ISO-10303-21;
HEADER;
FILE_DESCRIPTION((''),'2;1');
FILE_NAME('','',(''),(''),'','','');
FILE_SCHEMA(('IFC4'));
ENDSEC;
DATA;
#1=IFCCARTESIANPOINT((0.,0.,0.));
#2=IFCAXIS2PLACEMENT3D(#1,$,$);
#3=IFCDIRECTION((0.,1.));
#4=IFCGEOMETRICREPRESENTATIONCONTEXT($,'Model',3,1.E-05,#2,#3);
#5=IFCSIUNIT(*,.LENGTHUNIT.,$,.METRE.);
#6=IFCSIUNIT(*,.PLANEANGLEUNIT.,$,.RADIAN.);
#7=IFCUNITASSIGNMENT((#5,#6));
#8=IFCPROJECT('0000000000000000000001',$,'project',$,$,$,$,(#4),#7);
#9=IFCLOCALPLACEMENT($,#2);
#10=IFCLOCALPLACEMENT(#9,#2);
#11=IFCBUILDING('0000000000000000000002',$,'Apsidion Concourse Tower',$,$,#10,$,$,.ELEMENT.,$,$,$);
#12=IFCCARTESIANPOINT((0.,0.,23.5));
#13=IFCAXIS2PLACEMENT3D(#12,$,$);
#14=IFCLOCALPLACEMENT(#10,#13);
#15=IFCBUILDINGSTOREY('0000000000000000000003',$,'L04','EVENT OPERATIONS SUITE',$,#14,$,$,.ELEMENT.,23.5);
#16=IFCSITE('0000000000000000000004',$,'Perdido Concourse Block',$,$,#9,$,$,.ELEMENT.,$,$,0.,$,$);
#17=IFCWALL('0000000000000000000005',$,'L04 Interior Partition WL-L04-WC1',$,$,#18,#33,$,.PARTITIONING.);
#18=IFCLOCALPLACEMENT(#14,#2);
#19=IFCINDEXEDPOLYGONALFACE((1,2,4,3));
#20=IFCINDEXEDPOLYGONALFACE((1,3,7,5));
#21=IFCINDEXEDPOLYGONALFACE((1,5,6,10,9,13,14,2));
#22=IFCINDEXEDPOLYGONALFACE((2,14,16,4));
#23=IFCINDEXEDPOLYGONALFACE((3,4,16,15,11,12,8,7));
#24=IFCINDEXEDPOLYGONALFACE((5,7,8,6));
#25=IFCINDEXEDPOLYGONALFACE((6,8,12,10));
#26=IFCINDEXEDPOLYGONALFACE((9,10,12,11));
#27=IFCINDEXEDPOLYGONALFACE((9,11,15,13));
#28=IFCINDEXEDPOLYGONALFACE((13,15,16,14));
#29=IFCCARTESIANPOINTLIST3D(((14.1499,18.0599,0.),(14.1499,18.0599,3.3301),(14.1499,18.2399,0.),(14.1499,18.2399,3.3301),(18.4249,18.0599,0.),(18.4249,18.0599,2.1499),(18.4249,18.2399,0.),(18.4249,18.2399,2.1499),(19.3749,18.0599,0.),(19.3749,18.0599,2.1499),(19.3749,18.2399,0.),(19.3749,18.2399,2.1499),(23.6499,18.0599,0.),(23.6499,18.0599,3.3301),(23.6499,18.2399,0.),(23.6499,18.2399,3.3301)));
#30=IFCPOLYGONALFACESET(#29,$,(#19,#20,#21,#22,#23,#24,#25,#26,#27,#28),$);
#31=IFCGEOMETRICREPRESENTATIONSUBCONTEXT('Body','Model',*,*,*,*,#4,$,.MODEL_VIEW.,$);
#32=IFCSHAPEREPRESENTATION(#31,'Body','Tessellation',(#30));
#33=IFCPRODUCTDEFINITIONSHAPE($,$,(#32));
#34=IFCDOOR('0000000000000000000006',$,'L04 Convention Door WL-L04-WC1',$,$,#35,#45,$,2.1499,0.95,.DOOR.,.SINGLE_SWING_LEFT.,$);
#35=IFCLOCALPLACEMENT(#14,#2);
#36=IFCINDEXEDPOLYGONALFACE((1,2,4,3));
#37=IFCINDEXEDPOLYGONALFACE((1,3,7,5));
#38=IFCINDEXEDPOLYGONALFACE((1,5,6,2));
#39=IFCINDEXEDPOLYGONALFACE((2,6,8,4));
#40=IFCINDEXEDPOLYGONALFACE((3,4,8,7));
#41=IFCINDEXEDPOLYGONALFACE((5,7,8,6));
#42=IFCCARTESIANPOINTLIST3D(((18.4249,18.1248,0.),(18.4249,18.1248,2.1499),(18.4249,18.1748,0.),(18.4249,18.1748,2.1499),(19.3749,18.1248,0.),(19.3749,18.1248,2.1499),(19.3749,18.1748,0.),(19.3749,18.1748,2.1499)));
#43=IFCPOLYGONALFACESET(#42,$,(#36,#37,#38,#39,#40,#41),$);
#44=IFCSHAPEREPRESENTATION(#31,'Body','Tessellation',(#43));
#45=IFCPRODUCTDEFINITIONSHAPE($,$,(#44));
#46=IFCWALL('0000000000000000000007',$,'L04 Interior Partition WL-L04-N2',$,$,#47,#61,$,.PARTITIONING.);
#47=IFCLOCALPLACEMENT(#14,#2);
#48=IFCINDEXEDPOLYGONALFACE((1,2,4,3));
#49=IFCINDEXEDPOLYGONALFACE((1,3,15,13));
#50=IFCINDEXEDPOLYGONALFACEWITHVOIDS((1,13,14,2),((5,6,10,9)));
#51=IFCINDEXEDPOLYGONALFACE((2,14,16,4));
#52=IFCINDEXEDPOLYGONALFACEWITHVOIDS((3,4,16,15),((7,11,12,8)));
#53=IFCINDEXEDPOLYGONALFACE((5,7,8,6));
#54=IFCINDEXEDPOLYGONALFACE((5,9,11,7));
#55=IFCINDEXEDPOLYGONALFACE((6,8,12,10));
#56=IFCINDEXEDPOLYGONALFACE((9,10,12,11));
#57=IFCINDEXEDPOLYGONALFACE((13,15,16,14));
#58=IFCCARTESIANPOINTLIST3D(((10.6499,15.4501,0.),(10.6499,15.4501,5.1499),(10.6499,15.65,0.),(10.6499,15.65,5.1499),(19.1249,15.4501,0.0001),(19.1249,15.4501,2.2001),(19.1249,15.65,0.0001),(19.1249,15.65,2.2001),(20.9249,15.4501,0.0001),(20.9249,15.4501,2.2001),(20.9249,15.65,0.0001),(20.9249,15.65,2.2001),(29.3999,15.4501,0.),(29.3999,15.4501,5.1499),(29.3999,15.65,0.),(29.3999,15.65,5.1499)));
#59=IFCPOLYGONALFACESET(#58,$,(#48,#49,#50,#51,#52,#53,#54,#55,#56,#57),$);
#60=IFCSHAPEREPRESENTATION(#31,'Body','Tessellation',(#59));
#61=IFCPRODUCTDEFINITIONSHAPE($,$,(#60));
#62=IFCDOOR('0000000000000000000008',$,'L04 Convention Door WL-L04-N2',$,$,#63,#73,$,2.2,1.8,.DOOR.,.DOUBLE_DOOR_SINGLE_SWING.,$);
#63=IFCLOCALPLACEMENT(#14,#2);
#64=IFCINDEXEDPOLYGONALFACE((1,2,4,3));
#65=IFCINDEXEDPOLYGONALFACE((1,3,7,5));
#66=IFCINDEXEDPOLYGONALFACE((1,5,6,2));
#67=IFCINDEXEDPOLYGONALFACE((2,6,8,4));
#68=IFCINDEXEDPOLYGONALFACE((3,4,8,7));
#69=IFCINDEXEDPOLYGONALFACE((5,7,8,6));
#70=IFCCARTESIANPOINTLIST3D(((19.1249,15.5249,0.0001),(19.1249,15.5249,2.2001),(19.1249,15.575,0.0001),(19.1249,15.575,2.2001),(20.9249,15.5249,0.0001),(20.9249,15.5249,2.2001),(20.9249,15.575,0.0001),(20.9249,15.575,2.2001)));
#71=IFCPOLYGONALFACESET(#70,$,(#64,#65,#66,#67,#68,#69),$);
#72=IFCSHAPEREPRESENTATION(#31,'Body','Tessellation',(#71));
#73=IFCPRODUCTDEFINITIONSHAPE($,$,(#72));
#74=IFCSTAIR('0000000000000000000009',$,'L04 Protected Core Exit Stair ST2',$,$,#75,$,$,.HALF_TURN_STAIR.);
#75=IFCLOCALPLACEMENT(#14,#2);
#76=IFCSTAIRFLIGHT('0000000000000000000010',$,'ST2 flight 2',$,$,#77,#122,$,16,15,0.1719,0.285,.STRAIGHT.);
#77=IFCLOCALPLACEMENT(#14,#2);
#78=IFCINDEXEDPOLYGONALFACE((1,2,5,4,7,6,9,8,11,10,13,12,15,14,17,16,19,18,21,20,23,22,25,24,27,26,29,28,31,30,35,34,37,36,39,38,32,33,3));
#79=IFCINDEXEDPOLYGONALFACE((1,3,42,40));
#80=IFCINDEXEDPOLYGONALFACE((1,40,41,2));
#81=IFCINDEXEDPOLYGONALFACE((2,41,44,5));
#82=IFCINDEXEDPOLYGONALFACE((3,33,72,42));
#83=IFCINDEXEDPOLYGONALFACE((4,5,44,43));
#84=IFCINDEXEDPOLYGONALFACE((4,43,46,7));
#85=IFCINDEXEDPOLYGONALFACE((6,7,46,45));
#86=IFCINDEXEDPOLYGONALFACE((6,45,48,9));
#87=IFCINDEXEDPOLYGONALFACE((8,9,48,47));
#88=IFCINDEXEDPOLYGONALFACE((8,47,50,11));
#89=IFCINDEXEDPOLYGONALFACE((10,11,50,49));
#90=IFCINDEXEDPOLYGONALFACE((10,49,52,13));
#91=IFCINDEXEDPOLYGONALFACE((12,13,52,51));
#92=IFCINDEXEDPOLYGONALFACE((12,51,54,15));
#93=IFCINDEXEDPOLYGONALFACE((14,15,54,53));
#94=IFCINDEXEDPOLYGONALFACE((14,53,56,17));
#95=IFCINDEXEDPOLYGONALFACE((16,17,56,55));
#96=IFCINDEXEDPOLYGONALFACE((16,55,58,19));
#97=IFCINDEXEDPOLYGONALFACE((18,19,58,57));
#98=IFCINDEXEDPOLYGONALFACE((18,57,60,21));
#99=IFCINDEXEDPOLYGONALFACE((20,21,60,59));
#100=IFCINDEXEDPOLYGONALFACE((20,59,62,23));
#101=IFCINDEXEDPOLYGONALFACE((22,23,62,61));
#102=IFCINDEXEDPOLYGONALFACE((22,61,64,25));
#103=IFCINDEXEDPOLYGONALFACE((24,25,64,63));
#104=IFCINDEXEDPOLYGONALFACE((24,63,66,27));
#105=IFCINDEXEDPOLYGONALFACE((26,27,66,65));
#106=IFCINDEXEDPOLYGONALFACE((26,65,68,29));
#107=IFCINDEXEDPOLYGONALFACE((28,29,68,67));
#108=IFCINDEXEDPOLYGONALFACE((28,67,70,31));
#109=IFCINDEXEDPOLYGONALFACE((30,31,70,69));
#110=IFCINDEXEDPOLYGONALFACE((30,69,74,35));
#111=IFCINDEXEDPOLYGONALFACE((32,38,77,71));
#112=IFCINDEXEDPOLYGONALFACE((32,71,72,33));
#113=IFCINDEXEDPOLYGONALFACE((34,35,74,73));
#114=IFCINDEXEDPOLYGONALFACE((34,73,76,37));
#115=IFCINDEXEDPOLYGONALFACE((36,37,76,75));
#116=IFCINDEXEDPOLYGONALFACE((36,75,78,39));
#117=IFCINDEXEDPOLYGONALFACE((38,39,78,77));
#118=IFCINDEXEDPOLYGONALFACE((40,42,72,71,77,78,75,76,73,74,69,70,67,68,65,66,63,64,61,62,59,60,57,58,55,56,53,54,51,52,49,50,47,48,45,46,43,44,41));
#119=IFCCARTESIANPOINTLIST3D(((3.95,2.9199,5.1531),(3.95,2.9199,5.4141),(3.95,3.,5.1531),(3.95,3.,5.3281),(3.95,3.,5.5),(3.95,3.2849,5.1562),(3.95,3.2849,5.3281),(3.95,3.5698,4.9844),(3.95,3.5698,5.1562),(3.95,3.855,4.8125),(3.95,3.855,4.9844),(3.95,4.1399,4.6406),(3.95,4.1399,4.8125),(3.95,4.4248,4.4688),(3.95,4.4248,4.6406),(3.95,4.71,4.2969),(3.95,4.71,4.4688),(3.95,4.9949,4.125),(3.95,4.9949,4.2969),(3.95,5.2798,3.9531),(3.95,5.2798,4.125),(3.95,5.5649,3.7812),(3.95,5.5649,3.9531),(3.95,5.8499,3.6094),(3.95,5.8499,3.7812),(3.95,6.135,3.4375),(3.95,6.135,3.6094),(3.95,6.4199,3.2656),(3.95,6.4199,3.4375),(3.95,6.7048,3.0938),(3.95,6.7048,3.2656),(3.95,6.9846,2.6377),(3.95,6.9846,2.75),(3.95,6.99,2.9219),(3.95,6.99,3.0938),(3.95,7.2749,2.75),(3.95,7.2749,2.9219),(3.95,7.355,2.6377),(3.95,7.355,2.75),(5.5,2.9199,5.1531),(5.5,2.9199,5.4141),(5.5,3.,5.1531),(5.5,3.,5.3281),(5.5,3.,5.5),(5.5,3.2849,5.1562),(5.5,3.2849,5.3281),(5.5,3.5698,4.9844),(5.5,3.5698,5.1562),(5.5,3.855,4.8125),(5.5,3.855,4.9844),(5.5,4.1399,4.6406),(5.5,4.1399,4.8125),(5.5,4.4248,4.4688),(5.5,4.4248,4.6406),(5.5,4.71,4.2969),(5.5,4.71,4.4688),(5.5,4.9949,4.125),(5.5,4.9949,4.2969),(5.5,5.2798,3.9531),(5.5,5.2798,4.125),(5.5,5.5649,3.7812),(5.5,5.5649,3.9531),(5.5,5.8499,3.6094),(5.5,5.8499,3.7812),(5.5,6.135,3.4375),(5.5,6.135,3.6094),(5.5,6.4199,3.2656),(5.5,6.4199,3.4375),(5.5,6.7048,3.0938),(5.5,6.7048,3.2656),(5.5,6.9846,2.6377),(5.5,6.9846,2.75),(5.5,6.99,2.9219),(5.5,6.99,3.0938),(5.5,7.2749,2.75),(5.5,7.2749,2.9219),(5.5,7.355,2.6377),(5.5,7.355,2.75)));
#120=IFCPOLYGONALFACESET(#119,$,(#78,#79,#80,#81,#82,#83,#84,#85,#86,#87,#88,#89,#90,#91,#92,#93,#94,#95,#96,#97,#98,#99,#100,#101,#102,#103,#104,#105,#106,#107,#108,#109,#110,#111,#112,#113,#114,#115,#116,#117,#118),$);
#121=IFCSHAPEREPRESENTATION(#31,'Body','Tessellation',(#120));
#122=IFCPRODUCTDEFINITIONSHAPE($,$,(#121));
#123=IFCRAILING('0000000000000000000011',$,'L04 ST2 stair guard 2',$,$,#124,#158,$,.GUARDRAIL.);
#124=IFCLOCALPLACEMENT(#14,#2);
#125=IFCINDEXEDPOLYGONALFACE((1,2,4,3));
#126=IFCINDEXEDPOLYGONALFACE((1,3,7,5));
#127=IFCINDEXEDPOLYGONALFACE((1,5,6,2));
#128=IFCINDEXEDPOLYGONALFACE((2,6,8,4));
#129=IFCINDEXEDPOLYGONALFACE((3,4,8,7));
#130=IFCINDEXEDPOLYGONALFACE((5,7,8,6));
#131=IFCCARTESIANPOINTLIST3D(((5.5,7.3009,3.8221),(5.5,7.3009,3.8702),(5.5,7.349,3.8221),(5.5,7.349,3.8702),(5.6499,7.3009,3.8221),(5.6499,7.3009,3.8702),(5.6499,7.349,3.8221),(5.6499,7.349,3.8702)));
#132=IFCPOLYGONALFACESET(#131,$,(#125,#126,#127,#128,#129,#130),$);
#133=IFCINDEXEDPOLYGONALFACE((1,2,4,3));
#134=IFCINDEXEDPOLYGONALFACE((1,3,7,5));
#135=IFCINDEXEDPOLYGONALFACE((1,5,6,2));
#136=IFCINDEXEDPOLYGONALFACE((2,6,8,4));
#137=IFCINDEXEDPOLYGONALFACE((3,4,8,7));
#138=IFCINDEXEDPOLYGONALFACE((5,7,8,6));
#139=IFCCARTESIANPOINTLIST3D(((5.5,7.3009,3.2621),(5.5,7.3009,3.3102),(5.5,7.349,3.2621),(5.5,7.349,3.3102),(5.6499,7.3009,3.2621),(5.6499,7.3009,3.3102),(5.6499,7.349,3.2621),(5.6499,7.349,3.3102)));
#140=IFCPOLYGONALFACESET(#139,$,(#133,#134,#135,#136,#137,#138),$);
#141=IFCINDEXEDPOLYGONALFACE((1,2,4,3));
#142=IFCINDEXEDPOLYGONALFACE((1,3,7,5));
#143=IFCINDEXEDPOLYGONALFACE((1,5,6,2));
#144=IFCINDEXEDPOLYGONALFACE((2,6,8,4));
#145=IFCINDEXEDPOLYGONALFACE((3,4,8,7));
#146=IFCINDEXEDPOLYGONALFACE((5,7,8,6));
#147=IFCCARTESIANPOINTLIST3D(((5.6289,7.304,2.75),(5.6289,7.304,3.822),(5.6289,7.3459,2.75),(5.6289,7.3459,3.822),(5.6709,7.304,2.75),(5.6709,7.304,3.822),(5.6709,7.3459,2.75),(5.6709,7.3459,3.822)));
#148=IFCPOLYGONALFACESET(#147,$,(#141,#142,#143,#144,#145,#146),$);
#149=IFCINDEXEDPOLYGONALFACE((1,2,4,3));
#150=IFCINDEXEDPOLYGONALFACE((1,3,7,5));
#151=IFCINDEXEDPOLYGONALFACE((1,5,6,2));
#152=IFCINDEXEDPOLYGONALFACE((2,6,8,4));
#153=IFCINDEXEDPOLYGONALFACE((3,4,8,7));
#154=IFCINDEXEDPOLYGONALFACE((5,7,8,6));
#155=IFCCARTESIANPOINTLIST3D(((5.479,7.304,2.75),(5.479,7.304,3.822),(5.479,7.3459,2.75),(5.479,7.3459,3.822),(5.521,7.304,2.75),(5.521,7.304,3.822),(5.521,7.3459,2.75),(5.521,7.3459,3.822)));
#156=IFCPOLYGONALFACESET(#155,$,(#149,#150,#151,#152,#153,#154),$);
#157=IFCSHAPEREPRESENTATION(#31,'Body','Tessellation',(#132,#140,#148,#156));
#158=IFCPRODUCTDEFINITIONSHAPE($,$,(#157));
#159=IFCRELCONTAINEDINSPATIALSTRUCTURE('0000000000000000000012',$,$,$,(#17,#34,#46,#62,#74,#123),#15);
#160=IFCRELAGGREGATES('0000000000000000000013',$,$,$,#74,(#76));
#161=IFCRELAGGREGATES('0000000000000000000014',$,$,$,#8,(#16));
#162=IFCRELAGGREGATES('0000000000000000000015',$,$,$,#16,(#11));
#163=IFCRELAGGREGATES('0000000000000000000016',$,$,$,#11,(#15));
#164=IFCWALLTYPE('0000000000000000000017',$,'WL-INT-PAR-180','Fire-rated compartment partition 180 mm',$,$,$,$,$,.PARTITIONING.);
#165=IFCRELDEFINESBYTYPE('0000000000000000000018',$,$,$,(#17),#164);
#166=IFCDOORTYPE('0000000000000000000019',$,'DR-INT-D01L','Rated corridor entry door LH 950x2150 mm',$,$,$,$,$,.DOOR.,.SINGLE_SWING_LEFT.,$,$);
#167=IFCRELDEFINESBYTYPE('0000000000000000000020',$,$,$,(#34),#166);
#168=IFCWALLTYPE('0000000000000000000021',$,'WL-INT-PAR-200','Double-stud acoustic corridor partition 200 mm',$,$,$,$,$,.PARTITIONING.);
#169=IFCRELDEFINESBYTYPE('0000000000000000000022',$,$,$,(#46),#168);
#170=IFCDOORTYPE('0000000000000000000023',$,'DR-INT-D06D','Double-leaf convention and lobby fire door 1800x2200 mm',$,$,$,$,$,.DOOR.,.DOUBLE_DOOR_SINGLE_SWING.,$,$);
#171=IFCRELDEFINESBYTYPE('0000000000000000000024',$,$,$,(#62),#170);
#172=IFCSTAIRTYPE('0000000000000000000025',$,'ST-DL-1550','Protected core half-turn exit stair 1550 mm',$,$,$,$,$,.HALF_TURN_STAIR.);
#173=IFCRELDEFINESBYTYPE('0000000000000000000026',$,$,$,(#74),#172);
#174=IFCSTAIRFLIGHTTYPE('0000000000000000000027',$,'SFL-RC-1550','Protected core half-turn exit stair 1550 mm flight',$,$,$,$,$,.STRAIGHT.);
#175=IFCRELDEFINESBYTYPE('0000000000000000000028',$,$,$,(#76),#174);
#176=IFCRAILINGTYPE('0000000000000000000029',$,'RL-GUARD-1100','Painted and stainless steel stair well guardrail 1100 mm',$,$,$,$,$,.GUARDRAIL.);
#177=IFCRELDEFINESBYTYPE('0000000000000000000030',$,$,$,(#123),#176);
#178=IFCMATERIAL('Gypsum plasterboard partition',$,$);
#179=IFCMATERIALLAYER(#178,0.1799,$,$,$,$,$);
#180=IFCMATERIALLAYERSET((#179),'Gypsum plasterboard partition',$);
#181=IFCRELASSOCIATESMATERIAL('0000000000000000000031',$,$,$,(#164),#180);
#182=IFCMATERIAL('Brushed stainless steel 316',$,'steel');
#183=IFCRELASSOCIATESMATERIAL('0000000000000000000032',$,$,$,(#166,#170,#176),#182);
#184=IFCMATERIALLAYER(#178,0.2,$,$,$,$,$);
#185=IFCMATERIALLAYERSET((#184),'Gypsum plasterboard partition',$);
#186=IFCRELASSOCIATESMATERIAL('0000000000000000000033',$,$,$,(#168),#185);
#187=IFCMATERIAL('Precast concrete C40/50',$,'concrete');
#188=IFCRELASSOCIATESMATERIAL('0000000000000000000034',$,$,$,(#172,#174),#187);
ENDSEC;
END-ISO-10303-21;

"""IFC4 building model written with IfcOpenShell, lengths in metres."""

from ifc_helpers import new_model, si_unit, direction, frame, frame_2d, origin, origin_2d, place, context, subcontext, project, spatial, polyline, rectangle, outline, extrude, material, layer, layer_set, type_object, element, fill, aggregate, save


model = new_model("IFC4")

# Units and contexts
model_context = context("Model", 3, precision=1e-05, world=origin(), true_north=direction((0.0, 1.0)))
body_context = subcontext(model_context, "Body", "Model", "MODEL_VIEW")
ifc_project = project(units=[si_unit("LENGTHUNIT", "METRE"), si_unit("PLANEANGLEUNIT", "RADIAN")], contexts=[model_context])

# Site, building, storey
site_placement = place(None, origin())
site = spatial("IfcSite", under=ifc_project, at=site_placement, Name="Perdido Concourse Block", CompositionType="ELEMENT", RefElevation=0.0)
building_placement = place(site_placement, origin())
building = spatial("IfcBuilding", under=site, at=building_placement, Name="Apsidion Concourse Tower", CompositionType="ELEMENT")
storey_placement = place(building_placement, frame((0.0, 0.0, 23.5)))
storey = spatial("IfcBuildingStorey", under=building, at=storey_placement, Name="L04", Description="EVENT OPERATIONS SUITE", CompositionType="ELEMENT", Elevation=23.5)

# Shared definitions
ifc_material_1 = material(Name="Gypsum plasterboard partition")

# Walls, openings, doors
ifc_layer_1 = layer(ifc_material_1, 0.1799)
ifc_layer_set_1 = layer_set([ifc_layer_1], Name="Gypsum plasterboard partition")
wall_type_1 = type_object("IfcWallType", Name="WL-INT-PAR-180", Description="Fire-rated compartment partition 180 mm", PredefinedType="PARTITIONING", material=ifc_layer_set_1)
wall_1_placement = place(storey_placement, frame((14.1499, 18.1499, 0.0), z_axis=(0.0, 0.0, 1.0), x_axis=(1.0, 0.0, 0.0)))
wall_1 = element("IfcWall", 1, at=wall_1_placement, inside=storey, type_object=wall_type_1, Name="L04 Interior Partition WL-L04-WC1", PredefinedType="PARTITIONING", context=body_context, shape_type="SweptSolid", body=[
    extrude(rectangle(XDim=9.5, YDim=0.1799, at=frame_2d((4.75, 0.0))), origin(), (0.0, 0.0, 1.0), 3.3301),
])
opening_1_placement = place(wall_1_placement, frame((4.2749, 0.0, 0.0)))
opening_1 = element("IfcOpeningElement", 2, at=opening_1_placement, cuts=wall_1, PredefinedType="OPENING", context=body_context, shape_type="SweptSolid", body=[
    extrude(rectangle(XDim=0.95, YDim=2.1499, at=frame_2d((0.4751, 1.075))), frame((0.0, 0.1001, 0.0), z_axis=(0.0, -1.0, 0.0), x_axis=(1.0, 0.0, 0.0)), (0.0, 0.0, 1.0), 0.2),
])
ifc_material_2 = material(Name="Brushed stainless steel 316", Category="steel")
door_type_1 = type_object("IfcDoorType", Name="DR-INT-D01L", Description="Rated corridor entry door LH 950x2150 mm", OperationType="SINGLE_SWING_LEFT", PredefinedType="DOOR", material=ifc_material_2)
door_1_placement = place(opening_1_placement, origin())
door_1 = element("IfcDoor", 3, at=door_1_placement, inside=storey, type_object=door_type_1, Name="L04 Convention Door WL-L04-WC1", OperationType="SINGLE_SWING_LEFT", OverallHeight=2.1499, OverallWidth=0.95, PredefinedType="DOOR", context=body_context, shape_type="SweptSolid", body=[
    extrude(rectangle(XDim=0.95, YDim=2.1499, at=frame_2d((0.4751, 1.075))), frame((0.0, 0.0249, 0.0), z_axis=(0.0, -1.0, 0.0), x_axis=(1.0, 0.0, 0.0)), (0.0, 0.0, 1.0), 0.05),
])
fill(opening_1, door_1)
ifc_layer_2 = layer(ifc_material_1, 0.2)
ifc_layer_set_2 = layer_set([ifc_layer_2], Name="Gypsum plasterboard partition")
wall_type_2 = type_object("IfcWallType", Name="WL-INT-PAR-200", Description="Double-stud acoustic corridor partition 200 mm", PredefinedType="PARTITIONING", material=ifc_layer_set_2)
wall_2_placement = place(storey_placement, frame((10.6499, 15.55, 0.0), z_axis=(0.0, 0.0, 1.0), x_axis=(1.0, 0.0, 0.0)))
wall_2 = element("IfcWall", 4, at=wall_2_placement, inside=storey, type_object=wall_type_2, Name="L04 Interior Partition WL-L04-N2", PredefinedType="PARTITIONING", context=body_context, shape_type="SweptSolid", body=[
    extrude(rectangle(XDim=18.75, YDim=0.2, at=frame_2d((9.375, 0.0))), origin(), (0.0, 0.0, 1.0), 5.1499),
])
opening_2_placement = place(wall_2_placement, frame((8.4751, 0.0, 0.0)))
opening_2 = element("IfcOpeningElement", 5, at=opening_2_placement, cuts=wall_2, PredefinedType="OPENING", context=body_context, shape_type="SweptSolid", body=[
    extrude(rectangle(XDim=1.8, YDim=2.2, at=frame_2d((0.8999, 1.1001))), frame((0.0, 0.1099, 0.0), z_axis=(0.0, -1.0, 0.0), x_axis=(1.0, 0.0, 0.0)), (0.0, 0.0, 1.0), 0.22),
])
door_type_2 = type_object("IfcDoorType", Name="DR-INT-D06D", Description="Double-leaf convention and lobby fire door 1800x2200 mm", OperationType="DOUBLE_DOOR_SINGLE_SWING", PredefinedType="DOOR", material=ifc_material_2)
door_2_placement = place(opening_2_placement, origin())
door_2 = element("IfcDoor", 6, at=door_2_placement, inside=storey, type_object=door_type_2, Name="L04 Convention Door WL-L04-N2", OperationType="DOUBLE_DOOR_SINGLE_SWING", OverallHeight=2.2, OverallWidth=1.8, PredefinedType="DOOR", context=body_context, shape_type="SweptSolid", body=[
    extrude(rectangle(XDim=1.8, YDim=2.2, at=frame_2d((0.8999, 1.1001))), frame((0.0, 0.0249, 0.0), z_axis=(0.0, -1.0, 0.0), x_axis=(1.0, 0.0, 0.0)), (0.0, 0.0, 1.0), 0.05),
])
fill(opening_2, door_2)

# Stair, stair flight
ifc_material_3 = material(Name="Precast concrete C40/50", Category="concrete")
stair_type = type_object("IfcStairType", Name="ST-DL-1550", Description="Protected core half-turn exit stair 1550 mm", PredefinedType="HALF_TURN_STAIR", material=ifc_material_3)
stair_placement = place(storey_placement, origin())
stair = element("IfcStair", 7, at=stair_placement, inside=storey, type_object=stair_type, Name="L04 Protected Core Exit Stair ST2", PredefinedType="HALF_TURN_STAIR")
stair_flight_type = type_object("IfcStairFlightType", Name="SFL-RC-1550", Description="Protected core half-turn exit stair 1550 mm flight", PredefinedType="STRAIGHT", material=ifc_material_3)
stair_flight_placement = place(storey_placement, frame((4.7251, 7.2749, 2.75), z_axis=(0.0, 0.0, 1.0), x_axis=(0.0, -1.0, 0.0)))
stair_flight = element("IfcStairFlight", 8, at=stair_flight_placement, type_object=stair_flight_type, Name="ST2 flight 2", NumberOfRisers=16, NumberOfTreads=15, PredefinedType="STRAIGHT", RiserHeight=0.1719, TreadLength=0.285, context=body_context, shape_type="SweptSolid", body=[
    extrude(outline(polyline([(-0.0801, -0.1123), (-0.0801, 0.0), (0.0, 0.0), (0.0, 0.1719), (0.2849, 0.1719), (0.2849, 0.3438), (0.5701, 0.3438), (0.5701, 0.5156), (0.855, 0.5156), (0.855, 0.6875), (1.1399, 0.6875), (1.1399, 0.8594), (1.425, 0.8594), (1.425, 1.0312), (1.71, 1.0312), (1.71, 1.2031), (1.9951, 1.2031), (1.9951, 1.375), (2.28, 1.375), (2.28, 1.5469), (2.5649, 1.5469), (2.5649, 1.7188), (2.8501, 1.7188), (2.8501, 1.8906), (3.135, 1.8906), (3.135, 2.0625), (3.4199, 2.0625), (3.4199, 2.2344), (3.7051, 2.2344), (3.7051, 2.4062), (3.99, 2.4062), (3.99, 2.5781), (4.2749, 2.5781), (4.2749, 2.75), (4.355, 2.6641), (4.355, 2.4031), (4.2749, 2.4031), (0.2903, 0.0), (0.2903, -0.1123), (-0.0801, -0.1123)])), frame((0.0, 0.7749, 0.0), z_axis=(0.0, -1.0, 0.0), x_axis=(1.0, 0.0, 0.0)), (0.0, 0.0, 1.0), 1.55),
])
aggregate(stair, [stair_flight])

# Railing
railing_type = type_object("IfcRailingType", Name="RL-GUARD-1100", Description="Painted and stainless steel stair well guardrail 1100 mm", PredefinedType="GUARDRAIL", material=ifc_material_2)
railing_1_placement = place(storey_placement, frame((5.6499, 7.325, 2.75)))
element("IfcRailing", 9, at=railing_1_placement, inside=storey, type_object=railing_type, Name="L04 ST2 stair guard 2", PredefinedType="GUARDRAIL", context=body_context, shape_type="SweptSolid", body=[
    extrude(rectangle(XDim=0.0481, YDim=0.0481, at=origin_2d()), frame((0.0, 0.0, 1.0962), z_axis=(-1.0, 0.0, 0.0), x_axis=(0.0, -1.0, 0.0)), (0.0, 0.0, 1.0), 0.1499),
    extrude(rectangle(XDim=0.0481, YDim=0.0481, at=origin_2d()), frame((0.0, 0.0, 0.5361), z_axis=(-1.0, 0.0, 0.0), x_axis=(0.0, -1.0, 0.0)), (0.0, 0.0, 1.0), 0.1499),
    extrude(rectangle(XDim=0.042, YDim=0.042, at=origin_2d()), origin(), (0.0, 0.0, 1.0), 1.072),
    extrude(rectangle(XDim=0.042, YDim=0.042, at=origin_2d()), frame((-0.1499, 0.0, 0.0)), (0.0, 0.0, 1.0), 1.072),
])

save(model, "model.ifc")
